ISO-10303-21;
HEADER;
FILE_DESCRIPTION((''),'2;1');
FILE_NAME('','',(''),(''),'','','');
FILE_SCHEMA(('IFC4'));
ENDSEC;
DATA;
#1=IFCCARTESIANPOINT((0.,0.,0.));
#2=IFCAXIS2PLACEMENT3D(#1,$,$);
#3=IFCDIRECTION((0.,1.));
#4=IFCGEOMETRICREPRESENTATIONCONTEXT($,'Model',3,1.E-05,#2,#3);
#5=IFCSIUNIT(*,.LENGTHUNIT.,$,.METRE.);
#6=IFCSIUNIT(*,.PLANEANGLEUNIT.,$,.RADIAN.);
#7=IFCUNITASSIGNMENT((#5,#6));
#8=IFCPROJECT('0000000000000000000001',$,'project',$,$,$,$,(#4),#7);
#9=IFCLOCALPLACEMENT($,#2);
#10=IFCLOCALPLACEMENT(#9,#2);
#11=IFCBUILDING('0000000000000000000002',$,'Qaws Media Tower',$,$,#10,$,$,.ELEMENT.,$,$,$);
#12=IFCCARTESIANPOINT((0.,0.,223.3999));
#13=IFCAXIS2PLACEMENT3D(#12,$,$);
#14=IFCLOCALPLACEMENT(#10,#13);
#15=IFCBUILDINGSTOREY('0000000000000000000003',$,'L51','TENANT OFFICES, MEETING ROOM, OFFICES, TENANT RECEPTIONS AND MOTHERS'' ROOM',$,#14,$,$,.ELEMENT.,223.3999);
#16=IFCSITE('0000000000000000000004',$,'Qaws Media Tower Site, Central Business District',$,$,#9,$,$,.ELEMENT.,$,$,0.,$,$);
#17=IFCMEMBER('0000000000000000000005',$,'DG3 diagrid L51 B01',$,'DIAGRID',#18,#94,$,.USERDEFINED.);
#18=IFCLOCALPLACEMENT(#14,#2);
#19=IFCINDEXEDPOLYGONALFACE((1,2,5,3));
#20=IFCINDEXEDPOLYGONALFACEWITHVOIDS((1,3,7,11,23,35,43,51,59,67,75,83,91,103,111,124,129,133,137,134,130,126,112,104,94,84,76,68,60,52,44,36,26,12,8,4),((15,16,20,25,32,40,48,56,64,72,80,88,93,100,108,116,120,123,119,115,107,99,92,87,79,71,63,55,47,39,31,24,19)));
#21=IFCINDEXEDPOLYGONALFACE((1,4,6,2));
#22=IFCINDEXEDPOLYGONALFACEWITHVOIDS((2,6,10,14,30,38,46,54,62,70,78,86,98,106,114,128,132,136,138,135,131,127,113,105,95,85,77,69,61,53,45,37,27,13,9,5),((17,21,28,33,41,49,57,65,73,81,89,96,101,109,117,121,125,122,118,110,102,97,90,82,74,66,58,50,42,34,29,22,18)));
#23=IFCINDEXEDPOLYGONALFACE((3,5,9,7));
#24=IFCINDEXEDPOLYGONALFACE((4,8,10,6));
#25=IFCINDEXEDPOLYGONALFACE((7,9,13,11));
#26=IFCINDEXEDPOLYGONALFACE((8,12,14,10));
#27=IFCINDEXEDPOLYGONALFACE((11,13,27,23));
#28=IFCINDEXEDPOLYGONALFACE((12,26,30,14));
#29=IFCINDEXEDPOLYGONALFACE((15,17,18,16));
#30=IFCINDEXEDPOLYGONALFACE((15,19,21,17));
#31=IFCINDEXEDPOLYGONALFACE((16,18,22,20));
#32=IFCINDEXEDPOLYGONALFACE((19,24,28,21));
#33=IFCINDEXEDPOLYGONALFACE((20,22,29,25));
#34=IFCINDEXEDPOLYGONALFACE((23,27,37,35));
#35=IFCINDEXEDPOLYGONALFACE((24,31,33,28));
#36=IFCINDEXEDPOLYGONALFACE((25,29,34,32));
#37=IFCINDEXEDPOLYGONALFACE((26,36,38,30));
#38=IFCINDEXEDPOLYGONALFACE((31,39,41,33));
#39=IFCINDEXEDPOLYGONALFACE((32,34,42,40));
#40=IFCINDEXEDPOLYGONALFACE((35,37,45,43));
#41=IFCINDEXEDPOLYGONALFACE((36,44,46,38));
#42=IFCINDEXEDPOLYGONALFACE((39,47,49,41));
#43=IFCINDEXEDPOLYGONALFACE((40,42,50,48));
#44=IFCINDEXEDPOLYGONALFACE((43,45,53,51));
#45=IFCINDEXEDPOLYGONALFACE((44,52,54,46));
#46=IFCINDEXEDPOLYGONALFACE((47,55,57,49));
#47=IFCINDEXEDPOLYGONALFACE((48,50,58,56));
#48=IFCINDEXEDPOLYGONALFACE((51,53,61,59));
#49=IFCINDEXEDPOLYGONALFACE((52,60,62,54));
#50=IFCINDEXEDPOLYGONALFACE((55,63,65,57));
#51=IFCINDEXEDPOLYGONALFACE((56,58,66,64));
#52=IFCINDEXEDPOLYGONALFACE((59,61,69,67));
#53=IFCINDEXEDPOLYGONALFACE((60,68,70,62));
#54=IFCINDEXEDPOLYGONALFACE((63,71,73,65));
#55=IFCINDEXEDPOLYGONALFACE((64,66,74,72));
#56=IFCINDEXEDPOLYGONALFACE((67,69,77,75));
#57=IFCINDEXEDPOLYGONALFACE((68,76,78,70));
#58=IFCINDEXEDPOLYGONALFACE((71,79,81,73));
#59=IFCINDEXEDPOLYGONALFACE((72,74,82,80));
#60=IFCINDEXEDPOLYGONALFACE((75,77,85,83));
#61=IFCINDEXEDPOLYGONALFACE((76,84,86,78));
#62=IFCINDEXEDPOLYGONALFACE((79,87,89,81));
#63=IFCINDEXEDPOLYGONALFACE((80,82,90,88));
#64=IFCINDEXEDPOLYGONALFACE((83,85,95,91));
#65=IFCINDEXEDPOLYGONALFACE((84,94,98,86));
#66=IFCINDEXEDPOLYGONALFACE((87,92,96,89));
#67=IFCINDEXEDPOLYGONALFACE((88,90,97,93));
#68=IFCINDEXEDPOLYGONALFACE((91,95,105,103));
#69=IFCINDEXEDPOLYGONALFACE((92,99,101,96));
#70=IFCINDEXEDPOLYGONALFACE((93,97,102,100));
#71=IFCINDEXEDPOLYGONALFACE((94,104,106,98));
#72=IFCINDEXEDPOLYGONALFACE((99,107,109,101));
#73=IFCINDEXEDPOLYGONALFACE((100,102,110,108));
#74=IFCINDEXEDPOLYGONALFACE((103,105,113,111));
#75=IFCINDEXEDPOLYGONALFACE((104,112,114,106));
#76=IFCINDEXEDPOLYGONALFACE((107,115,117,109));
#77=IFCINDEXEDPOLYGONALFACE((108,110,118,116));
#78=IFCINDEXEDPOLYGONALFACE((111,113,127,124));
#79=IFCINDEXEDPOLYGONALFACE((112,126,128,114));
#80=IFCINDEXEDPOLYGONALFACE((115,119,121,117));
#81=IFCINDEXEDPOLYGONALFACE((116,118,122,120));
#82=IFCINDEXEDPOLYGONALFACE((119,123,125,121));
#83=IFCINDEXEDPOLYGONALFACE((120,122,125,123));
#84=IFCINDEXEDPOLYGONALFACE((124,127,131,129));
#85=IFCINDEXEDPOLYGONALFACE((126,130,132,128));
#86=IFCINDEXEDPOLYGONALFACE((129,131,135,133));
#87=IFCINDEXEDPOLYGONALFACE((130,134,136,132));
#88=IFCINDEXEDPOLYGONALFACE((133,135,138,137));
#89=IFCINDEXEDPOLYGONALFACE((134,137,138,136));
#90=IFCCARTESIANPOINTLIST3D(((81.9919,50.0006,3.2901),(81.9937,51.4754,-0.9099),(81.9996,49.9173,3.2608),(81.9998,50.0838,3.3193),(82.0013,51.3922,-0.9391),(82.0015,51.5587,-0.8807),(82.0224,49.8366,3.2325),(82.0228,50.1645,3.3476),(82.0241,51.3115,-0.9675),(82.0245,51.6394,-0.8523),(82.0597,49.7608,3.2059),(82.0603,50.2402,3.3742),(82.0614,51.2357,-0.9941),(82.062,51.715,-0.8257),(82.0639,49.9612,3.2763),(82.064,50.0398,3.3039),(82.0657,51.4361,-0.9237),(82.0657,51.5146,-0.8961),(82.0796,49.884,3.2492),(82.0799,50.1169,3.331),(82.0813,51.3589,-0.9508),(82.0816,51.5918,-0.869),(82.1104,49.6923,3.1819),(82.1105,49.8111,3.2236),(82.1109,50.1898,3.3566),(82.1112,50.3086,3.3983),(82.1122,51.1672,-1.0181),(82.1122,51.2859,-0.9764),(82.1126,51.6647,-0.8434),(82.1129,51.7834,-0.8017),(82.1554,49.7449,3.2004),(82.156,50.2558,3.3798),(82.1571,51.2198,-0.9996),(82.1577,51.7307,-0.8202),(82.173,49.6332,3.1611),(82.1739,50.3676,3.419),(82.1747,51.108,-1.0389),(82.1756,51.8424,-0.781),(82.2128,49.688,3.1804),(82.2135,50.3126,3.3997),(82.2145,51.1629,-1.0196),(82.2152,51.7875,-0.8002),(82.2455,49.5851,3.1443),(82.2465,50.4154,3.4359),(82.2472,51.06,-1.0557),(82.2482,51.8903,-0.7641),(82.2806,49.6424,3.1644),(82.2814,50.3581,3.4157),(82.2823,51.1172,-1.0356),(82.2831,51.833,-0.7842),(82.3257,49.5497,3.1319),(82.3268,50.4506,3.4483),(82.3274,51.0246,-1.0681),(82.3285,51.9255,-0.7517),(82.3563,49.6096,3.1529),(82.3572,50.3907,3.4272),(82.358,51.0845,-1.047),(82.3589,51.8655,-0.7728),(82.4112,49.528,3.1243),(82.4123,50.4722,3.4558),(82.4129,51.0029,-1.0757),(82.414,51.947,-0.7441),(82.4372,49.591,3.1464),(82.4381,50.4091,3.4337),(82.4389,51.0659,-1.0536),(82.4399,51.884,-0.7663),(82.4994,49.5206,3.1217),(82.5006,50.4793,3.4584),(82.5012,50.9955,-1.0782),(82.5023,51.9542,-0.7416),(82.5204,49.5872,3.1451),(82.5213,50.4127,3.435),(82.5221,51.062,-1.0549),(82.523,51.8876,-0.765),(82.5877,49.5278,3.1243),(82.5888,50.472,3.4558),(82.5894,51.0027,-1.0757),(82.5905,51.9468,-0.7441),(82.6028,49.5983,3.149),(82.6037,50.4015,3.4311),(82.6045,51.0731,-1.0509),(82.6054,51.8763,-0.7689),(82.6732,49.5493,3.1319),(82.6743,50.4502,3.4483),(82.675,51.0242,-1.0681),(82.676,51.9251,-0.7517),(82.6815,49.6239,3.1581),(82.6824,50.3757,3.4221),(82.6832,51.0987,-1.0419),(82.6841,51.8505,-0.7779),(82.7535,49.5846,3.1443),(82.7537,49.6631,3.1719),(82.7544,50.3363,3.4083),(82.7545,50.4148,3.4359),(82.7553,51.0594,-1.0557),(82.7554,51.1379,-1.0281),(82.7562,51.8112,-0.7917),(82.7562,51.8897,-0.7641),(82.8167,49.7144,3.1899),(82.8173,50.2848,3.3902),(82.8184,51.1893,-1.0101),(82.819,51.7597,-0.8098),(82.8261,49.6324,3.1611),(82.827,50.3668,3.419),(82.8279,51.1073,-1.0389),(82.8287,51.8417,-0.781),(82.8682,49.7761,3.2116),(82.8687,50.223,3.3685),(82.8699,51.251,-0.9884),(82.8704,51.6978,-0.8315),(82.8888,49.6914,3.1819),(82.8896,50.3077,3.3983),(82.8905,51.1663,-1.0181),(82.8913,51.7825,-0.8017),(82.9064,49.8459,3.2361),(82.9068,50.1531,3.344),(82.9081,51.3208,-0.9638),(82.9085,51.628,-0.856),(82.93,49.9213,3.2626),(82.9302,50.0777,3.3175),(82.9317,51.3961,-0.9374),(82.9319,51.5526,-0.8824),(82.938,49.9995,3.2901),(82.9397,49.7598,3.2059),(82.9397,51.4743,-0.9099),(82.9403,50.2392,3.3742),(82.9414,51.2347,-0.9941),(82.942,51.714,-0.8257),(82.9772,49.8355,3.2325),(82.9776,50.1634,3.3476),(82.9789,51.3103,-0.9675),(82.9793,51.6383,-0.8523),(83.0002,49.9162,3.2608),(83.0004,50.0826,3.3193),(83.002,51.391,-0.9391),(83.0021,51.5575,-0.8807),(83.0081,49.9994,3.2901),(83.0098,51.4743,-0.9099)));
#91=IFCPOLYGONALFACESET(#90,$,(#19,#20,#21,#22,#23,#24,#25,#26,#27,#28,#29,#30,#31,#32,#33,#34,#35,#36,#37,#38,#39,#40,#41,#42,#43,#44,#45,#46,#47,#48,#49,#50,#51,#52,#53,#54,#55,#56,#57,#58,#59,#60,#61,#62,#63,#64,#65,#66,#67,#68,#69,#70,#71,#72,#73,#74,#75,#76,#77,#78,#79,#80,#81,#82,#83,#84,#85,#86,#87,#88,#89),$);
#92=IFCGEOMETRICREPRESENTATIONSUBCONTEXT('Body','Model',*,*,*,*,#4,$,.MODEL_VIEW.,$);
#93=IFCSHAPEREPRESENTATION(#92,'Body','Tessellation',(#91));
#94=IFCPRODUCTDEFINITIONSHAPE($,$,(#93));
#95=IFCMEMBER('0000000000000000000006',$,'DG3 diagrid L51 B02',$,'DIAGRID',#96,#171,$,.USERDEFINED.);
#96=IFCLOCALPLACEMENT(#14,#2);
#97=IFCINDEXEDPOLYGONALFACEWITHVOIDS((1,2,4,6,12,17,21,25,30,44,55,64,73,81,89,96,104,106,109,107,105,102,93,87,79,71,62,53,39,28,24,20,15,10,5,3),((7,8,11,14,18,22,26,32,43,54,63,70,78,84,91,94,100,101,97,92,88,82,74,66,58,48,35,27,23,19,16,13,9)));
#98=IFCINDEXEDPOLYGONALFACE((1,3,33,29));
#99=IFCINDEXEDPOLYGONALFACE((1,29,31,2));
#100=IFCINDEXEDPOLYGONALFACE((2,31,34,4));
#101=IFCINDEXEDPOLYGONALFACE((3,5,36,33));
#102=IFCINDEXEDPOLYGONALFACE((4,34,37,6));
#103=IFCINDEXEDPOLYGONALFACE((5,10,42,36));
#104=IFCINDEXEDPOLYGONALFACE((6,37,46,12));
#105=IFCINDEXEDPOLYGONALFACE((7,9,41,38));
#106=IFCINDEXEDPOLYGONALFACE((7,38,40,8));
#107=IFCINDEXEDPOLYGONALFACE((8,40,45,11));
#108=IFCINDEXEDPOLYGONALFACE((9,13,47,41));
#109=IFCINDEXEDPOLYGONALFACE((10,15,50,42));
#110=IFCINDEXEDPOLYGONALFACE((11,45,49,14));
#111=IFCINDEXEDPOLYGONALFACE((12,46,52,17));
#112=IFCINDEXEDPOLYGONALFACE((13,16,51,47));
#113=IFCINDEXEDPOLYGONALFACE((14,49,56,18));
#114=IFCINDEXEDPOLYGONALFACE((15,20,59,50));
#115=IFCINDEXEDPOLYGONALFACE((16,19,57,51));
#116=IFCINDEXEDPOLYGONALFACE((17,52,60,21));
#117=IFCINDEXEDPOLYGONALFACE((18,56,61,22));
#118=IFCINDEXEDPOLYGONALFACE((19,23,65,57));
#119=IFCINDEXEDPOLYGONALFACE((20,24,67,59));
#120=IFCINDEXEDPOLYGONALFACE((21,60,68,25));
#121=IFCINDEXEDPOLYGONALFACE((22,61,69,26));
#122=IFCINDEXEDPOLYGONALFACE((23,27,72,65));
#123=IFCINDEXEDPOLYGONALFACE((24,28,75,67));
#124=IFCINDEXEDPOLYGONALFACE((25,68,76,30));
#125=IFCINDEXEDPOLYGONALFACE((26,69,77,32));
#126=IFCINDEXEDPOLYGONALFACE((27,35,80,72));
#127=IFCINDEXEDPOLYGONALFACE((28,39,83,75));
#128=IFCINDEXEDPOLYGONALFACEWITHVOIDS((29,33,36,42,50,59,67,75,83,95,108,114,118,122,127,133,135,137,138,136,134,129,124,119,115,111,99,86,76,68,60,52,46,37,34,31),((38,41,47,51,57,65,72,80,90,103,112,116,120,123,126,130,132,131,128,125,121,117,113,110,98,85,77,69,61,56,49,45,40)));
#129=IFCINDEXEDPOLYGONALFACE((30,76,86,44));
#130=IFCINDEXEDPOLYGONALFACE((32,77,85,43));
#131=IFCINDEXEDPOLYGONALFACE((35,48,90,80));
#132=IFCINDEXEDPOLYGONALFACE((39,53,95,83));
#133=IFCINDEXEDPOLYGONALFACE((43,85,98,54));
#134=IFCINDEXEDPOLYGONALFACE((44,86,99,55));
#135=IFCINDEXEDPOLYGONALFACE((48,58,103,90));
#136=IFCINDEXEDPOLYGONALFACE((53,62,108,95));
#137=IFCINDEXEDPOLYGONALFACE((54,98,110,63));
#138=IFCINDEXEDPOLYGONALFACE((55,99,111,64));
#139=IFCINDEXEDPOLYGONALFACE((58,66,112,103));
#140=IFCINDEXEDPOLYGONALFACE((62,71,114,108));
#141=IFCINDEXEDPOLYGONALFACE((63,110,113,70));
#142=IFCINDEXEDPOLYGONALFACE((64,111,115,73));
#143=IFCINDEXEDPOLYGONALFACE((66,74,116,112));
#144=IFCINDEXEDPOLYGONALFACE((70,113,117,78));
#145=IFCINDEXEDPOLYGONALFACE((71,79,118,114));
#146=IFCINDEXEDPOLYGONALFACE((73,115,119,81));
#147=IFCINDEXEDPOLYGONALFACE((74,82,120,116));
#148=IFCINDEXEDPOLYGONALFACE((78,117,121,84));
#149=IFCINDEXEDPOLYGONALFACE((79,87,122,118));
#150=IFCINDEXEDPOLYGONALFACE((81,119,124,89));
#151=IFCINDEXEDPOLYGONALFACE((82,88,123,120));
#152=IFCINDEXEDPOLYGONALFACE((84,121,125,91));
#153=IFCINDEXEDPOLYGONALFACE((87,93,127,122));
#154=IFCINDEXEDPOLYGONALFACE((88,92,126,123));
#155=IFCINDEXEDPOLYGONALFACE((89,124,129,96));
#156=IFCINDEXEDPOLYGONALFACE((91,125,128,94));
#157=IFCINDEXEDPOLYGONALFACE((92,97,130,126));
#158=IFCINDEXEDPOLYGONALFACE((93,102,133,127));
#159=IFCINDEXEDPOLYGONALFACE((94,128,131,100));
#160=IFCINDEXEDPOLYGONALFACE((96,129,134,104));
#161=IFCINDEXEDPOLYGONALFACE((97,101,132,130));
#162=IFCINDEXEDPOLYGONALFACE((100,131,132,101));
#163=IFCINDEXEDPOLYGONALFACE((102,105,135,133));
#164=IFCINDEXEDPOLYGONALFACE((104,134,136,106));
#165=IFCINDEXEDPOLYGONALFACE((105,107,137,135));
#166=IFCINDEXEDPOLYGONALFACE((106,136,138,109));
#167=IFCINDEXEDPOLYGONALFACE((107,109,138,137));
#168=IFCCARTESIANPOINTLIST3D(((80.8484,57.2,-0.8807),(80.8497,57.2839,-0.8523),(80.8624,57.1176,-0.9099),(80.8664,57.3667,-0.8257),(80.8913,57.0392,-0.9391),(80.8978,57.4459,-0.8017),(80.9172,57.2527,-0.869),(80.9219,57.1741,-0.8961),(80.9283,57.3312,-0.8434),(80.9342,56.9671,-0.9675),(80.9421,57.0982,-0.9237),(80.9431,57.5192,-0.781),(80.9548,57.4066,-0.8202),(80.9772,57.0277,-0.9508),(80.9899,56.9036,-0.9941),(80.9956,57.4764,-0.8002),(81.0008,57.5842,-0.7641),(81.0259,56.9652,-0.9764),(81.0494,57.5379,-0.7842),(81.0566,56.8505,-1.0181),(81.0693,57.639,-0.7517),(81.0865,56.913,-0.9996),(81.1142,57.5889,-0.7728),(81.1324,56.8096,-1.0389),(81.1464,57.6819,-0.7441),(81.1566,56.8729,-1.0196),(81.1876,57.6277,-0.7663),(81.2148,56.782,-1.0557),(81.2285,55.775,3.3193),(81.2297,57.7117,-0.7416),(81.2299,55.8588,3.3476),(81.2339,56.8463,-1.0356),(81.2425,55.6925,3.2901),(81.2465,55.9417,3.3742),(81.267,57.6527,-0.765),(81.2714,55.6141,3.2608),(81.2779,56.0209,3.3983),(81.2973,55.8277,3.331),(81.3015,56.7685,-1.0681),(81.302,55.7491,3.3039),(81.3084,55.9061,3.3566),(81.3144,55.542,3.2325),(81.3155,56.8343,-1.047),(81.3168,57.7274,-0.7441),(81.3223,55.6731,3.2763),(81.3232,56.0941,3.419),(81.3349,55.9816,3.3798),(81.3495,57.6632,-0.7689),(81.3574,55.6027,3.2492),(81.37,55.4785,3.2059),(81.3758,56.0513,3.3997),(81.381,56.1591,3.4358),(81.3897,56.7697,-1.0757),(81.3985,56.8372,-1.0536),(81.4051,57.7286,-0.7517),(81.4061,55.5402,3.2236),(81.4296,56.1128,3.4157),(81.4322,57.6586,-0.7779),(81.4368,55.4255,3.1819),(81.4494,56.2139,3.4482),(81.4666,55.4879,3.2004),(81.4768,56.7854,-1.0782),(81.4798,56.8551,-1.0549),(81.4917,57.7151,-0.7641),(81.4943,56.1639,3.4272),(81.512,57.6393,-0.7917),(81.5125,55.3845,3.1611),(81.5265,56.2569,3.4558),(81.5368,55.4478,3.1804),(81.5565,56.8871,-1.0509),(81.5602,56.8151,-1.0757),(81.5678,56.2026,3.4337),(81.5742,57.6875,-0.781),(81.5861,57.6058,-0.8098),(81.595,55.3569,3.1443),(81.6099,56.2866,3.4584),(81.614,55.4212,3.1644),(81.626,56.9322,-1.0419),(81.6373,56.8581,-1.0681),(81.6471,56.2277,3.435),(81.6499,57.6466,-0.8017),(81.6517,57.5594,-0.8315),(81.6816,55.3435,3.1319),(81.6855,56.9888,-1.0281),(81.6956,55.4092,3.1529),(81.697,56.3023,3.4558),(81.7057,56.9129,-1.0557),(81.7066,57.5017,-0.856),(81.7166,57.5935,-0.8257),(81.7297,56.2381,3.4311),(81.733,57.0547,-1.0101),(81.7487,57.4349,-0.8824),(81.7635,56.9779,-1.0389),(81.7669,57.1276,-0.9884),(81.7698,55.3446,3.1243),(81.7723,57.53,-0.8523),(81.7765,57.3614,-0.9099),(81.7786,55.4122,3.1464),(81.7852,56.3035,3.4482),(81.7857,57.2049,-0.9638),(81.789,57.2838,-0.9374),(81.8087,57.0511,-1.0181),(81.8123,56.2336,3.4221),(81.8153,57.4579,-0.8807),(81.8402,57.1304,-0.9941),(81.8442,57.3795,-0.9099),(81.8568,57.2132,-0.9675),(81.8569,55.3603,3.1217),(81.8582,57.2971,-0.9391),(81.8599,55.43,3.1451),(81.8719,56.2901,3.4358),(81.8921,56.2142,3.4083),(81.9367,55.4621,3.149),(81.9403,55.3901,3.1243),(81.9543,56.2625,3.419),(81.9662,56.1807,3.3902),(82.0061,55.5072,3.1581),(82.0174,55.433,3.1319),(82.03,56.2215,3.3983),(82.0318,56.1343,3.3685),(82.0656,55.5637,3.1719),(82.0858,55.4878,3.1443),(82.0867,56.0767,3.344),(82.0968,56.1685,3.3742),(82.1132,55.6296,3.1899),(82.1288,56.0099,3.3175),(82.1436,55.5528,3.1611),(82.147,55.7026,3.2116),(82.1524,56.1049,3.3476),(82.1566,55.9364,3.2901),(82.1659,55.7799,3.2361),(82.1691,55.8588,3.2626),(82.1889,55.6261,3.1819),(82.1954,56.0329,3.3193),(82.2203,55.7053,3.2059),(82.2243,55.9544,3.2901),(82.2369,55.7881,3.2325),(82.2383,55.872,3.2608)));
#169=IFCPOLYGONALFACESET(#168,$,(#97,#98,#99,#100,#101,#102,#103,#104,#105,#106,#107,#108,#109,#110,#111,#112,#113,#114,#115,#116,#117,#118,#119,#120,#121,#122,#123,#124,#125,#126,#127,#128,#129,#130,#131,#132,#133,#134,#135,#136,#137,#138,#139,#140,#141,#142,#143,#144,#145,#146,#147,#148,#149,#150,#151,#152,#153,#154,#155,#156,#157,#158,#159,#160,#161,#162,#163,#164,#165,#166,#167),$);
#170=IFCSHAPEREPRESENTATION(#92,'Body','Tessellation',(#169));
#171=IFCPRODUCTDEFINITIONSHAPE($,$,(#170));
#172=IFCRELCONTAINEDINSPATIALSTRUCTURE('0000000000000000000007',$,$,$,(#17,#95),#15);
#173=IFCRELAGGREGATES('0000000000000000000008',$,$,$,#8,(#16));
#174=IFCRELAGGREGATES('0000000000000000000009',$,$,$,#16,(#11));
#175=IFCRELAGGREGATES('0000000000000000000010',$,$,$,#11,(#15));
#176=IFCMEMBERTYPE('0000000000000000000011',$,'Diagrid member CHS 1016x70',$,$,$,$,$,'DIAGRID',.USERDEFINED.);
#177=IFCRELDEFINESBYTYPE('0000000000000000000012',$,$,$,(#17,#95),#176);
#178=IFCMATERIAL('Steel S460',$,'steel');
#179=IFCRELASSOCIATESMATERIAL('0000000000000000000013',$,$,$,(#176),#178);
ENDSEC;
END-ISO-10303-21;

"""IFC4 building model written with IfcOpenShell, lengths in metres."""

from ifc_helpers import new_model, si_unit, direction, frame, origin, origin_2d, place, context, subcontext, project, spatial, hollow_circle, extrude, material, material_profile, profile_set, type_object, element, save


model = new_model("IFC4")

# Units and contexts
model_context = context("Model", 3, precision=1e-05, world=origin(), true_north=direction((0.0, 1.0)))
body_context = subcontext(model_context, "Body", "Model", "MODEL_VIEW")
ifc_project = project(units=[si_unit("LENGTHUNIT", "METRE"), si_unit("PLANEANGLEUNIT", "RADIAN")], contexts=[model_context])

# Site, building, storey
site_placement = place(None, origin())
site = spatial("IfcSite", under=ifc_project, at=site_placement, Name="Qaws Media Tower Site, Central Business District", CompositionType="ELEMENT", RefElevation=0.0)
building_placement = place(site_placement, origin())
building = spatial("IfcBuilding", under=site, at=building_placement, Name="Qaws Media Tower", CompositionType="ELEMENT")
storey_placement = place(building_placement, frame((0.0, 0.0, 223.3999)))
storey = spatial("IfcBuildingStorey", under=building, at=storey_placement, Name="L51", Description="TENANT OFFICES, MEETING ROOM, OFFICES, TENANT RECEPTIONS AND MOTHERS' ROOM", CompositionType="ELEMENT", Elevation=223.3999)

# Members
ifc_material_1 = material(Name="Steel S460", Category="steel")
ifc_material_profile_1 = material_profile(ifc_material_1, hollow_circle(Radius=0.5081, WallThickness=0.0701, at=origin_2d()), Name="CHS 1016x70")
ifc_profile_set_1 = profile_set([ifc_material_profile_1], Name="Steel S460")
member_type_1 = type_object("IfcMemberType", Name="Diagrid member CHS 1016x70", ElementType="DIAGRID", PredefinedType="USERDEFINED", material=ifc_profile_set_1)
for number, where, z_axis, x_axis, name in (
    (1, (82.5017, 51.4749, -0.9099), (-0.000384, -0.331325, 0.943517), (0.999999, -0.001159, 0.0), "DG3 diagrid L51 B01"),
    (2, (81.3533, 57.2485, -0.9099), (0.085395, -0.320136, 0.943515), (0.966216, 0.257735, 0.0), "DG3 diagrid L51 B02"),
):
    element("IfcMember", number, at=place(storey_placement, frame(where, z_axis=z_axis, x_axis=x_axis)), inside=storey, type_object=member_type_1, Name=name, ObjectType="DIAGRID", PredefinedType="USERDEFINED", context=body_context, shape_type="SweptSolid", body=[
        extrude(hollow_circle(Radius=0.5081, WallThickness=0.0701, at=origin_2d()), origin(), (0.0, 0.0, 1.0), 4.4514),
    ])

save(model, "model.ifc")
